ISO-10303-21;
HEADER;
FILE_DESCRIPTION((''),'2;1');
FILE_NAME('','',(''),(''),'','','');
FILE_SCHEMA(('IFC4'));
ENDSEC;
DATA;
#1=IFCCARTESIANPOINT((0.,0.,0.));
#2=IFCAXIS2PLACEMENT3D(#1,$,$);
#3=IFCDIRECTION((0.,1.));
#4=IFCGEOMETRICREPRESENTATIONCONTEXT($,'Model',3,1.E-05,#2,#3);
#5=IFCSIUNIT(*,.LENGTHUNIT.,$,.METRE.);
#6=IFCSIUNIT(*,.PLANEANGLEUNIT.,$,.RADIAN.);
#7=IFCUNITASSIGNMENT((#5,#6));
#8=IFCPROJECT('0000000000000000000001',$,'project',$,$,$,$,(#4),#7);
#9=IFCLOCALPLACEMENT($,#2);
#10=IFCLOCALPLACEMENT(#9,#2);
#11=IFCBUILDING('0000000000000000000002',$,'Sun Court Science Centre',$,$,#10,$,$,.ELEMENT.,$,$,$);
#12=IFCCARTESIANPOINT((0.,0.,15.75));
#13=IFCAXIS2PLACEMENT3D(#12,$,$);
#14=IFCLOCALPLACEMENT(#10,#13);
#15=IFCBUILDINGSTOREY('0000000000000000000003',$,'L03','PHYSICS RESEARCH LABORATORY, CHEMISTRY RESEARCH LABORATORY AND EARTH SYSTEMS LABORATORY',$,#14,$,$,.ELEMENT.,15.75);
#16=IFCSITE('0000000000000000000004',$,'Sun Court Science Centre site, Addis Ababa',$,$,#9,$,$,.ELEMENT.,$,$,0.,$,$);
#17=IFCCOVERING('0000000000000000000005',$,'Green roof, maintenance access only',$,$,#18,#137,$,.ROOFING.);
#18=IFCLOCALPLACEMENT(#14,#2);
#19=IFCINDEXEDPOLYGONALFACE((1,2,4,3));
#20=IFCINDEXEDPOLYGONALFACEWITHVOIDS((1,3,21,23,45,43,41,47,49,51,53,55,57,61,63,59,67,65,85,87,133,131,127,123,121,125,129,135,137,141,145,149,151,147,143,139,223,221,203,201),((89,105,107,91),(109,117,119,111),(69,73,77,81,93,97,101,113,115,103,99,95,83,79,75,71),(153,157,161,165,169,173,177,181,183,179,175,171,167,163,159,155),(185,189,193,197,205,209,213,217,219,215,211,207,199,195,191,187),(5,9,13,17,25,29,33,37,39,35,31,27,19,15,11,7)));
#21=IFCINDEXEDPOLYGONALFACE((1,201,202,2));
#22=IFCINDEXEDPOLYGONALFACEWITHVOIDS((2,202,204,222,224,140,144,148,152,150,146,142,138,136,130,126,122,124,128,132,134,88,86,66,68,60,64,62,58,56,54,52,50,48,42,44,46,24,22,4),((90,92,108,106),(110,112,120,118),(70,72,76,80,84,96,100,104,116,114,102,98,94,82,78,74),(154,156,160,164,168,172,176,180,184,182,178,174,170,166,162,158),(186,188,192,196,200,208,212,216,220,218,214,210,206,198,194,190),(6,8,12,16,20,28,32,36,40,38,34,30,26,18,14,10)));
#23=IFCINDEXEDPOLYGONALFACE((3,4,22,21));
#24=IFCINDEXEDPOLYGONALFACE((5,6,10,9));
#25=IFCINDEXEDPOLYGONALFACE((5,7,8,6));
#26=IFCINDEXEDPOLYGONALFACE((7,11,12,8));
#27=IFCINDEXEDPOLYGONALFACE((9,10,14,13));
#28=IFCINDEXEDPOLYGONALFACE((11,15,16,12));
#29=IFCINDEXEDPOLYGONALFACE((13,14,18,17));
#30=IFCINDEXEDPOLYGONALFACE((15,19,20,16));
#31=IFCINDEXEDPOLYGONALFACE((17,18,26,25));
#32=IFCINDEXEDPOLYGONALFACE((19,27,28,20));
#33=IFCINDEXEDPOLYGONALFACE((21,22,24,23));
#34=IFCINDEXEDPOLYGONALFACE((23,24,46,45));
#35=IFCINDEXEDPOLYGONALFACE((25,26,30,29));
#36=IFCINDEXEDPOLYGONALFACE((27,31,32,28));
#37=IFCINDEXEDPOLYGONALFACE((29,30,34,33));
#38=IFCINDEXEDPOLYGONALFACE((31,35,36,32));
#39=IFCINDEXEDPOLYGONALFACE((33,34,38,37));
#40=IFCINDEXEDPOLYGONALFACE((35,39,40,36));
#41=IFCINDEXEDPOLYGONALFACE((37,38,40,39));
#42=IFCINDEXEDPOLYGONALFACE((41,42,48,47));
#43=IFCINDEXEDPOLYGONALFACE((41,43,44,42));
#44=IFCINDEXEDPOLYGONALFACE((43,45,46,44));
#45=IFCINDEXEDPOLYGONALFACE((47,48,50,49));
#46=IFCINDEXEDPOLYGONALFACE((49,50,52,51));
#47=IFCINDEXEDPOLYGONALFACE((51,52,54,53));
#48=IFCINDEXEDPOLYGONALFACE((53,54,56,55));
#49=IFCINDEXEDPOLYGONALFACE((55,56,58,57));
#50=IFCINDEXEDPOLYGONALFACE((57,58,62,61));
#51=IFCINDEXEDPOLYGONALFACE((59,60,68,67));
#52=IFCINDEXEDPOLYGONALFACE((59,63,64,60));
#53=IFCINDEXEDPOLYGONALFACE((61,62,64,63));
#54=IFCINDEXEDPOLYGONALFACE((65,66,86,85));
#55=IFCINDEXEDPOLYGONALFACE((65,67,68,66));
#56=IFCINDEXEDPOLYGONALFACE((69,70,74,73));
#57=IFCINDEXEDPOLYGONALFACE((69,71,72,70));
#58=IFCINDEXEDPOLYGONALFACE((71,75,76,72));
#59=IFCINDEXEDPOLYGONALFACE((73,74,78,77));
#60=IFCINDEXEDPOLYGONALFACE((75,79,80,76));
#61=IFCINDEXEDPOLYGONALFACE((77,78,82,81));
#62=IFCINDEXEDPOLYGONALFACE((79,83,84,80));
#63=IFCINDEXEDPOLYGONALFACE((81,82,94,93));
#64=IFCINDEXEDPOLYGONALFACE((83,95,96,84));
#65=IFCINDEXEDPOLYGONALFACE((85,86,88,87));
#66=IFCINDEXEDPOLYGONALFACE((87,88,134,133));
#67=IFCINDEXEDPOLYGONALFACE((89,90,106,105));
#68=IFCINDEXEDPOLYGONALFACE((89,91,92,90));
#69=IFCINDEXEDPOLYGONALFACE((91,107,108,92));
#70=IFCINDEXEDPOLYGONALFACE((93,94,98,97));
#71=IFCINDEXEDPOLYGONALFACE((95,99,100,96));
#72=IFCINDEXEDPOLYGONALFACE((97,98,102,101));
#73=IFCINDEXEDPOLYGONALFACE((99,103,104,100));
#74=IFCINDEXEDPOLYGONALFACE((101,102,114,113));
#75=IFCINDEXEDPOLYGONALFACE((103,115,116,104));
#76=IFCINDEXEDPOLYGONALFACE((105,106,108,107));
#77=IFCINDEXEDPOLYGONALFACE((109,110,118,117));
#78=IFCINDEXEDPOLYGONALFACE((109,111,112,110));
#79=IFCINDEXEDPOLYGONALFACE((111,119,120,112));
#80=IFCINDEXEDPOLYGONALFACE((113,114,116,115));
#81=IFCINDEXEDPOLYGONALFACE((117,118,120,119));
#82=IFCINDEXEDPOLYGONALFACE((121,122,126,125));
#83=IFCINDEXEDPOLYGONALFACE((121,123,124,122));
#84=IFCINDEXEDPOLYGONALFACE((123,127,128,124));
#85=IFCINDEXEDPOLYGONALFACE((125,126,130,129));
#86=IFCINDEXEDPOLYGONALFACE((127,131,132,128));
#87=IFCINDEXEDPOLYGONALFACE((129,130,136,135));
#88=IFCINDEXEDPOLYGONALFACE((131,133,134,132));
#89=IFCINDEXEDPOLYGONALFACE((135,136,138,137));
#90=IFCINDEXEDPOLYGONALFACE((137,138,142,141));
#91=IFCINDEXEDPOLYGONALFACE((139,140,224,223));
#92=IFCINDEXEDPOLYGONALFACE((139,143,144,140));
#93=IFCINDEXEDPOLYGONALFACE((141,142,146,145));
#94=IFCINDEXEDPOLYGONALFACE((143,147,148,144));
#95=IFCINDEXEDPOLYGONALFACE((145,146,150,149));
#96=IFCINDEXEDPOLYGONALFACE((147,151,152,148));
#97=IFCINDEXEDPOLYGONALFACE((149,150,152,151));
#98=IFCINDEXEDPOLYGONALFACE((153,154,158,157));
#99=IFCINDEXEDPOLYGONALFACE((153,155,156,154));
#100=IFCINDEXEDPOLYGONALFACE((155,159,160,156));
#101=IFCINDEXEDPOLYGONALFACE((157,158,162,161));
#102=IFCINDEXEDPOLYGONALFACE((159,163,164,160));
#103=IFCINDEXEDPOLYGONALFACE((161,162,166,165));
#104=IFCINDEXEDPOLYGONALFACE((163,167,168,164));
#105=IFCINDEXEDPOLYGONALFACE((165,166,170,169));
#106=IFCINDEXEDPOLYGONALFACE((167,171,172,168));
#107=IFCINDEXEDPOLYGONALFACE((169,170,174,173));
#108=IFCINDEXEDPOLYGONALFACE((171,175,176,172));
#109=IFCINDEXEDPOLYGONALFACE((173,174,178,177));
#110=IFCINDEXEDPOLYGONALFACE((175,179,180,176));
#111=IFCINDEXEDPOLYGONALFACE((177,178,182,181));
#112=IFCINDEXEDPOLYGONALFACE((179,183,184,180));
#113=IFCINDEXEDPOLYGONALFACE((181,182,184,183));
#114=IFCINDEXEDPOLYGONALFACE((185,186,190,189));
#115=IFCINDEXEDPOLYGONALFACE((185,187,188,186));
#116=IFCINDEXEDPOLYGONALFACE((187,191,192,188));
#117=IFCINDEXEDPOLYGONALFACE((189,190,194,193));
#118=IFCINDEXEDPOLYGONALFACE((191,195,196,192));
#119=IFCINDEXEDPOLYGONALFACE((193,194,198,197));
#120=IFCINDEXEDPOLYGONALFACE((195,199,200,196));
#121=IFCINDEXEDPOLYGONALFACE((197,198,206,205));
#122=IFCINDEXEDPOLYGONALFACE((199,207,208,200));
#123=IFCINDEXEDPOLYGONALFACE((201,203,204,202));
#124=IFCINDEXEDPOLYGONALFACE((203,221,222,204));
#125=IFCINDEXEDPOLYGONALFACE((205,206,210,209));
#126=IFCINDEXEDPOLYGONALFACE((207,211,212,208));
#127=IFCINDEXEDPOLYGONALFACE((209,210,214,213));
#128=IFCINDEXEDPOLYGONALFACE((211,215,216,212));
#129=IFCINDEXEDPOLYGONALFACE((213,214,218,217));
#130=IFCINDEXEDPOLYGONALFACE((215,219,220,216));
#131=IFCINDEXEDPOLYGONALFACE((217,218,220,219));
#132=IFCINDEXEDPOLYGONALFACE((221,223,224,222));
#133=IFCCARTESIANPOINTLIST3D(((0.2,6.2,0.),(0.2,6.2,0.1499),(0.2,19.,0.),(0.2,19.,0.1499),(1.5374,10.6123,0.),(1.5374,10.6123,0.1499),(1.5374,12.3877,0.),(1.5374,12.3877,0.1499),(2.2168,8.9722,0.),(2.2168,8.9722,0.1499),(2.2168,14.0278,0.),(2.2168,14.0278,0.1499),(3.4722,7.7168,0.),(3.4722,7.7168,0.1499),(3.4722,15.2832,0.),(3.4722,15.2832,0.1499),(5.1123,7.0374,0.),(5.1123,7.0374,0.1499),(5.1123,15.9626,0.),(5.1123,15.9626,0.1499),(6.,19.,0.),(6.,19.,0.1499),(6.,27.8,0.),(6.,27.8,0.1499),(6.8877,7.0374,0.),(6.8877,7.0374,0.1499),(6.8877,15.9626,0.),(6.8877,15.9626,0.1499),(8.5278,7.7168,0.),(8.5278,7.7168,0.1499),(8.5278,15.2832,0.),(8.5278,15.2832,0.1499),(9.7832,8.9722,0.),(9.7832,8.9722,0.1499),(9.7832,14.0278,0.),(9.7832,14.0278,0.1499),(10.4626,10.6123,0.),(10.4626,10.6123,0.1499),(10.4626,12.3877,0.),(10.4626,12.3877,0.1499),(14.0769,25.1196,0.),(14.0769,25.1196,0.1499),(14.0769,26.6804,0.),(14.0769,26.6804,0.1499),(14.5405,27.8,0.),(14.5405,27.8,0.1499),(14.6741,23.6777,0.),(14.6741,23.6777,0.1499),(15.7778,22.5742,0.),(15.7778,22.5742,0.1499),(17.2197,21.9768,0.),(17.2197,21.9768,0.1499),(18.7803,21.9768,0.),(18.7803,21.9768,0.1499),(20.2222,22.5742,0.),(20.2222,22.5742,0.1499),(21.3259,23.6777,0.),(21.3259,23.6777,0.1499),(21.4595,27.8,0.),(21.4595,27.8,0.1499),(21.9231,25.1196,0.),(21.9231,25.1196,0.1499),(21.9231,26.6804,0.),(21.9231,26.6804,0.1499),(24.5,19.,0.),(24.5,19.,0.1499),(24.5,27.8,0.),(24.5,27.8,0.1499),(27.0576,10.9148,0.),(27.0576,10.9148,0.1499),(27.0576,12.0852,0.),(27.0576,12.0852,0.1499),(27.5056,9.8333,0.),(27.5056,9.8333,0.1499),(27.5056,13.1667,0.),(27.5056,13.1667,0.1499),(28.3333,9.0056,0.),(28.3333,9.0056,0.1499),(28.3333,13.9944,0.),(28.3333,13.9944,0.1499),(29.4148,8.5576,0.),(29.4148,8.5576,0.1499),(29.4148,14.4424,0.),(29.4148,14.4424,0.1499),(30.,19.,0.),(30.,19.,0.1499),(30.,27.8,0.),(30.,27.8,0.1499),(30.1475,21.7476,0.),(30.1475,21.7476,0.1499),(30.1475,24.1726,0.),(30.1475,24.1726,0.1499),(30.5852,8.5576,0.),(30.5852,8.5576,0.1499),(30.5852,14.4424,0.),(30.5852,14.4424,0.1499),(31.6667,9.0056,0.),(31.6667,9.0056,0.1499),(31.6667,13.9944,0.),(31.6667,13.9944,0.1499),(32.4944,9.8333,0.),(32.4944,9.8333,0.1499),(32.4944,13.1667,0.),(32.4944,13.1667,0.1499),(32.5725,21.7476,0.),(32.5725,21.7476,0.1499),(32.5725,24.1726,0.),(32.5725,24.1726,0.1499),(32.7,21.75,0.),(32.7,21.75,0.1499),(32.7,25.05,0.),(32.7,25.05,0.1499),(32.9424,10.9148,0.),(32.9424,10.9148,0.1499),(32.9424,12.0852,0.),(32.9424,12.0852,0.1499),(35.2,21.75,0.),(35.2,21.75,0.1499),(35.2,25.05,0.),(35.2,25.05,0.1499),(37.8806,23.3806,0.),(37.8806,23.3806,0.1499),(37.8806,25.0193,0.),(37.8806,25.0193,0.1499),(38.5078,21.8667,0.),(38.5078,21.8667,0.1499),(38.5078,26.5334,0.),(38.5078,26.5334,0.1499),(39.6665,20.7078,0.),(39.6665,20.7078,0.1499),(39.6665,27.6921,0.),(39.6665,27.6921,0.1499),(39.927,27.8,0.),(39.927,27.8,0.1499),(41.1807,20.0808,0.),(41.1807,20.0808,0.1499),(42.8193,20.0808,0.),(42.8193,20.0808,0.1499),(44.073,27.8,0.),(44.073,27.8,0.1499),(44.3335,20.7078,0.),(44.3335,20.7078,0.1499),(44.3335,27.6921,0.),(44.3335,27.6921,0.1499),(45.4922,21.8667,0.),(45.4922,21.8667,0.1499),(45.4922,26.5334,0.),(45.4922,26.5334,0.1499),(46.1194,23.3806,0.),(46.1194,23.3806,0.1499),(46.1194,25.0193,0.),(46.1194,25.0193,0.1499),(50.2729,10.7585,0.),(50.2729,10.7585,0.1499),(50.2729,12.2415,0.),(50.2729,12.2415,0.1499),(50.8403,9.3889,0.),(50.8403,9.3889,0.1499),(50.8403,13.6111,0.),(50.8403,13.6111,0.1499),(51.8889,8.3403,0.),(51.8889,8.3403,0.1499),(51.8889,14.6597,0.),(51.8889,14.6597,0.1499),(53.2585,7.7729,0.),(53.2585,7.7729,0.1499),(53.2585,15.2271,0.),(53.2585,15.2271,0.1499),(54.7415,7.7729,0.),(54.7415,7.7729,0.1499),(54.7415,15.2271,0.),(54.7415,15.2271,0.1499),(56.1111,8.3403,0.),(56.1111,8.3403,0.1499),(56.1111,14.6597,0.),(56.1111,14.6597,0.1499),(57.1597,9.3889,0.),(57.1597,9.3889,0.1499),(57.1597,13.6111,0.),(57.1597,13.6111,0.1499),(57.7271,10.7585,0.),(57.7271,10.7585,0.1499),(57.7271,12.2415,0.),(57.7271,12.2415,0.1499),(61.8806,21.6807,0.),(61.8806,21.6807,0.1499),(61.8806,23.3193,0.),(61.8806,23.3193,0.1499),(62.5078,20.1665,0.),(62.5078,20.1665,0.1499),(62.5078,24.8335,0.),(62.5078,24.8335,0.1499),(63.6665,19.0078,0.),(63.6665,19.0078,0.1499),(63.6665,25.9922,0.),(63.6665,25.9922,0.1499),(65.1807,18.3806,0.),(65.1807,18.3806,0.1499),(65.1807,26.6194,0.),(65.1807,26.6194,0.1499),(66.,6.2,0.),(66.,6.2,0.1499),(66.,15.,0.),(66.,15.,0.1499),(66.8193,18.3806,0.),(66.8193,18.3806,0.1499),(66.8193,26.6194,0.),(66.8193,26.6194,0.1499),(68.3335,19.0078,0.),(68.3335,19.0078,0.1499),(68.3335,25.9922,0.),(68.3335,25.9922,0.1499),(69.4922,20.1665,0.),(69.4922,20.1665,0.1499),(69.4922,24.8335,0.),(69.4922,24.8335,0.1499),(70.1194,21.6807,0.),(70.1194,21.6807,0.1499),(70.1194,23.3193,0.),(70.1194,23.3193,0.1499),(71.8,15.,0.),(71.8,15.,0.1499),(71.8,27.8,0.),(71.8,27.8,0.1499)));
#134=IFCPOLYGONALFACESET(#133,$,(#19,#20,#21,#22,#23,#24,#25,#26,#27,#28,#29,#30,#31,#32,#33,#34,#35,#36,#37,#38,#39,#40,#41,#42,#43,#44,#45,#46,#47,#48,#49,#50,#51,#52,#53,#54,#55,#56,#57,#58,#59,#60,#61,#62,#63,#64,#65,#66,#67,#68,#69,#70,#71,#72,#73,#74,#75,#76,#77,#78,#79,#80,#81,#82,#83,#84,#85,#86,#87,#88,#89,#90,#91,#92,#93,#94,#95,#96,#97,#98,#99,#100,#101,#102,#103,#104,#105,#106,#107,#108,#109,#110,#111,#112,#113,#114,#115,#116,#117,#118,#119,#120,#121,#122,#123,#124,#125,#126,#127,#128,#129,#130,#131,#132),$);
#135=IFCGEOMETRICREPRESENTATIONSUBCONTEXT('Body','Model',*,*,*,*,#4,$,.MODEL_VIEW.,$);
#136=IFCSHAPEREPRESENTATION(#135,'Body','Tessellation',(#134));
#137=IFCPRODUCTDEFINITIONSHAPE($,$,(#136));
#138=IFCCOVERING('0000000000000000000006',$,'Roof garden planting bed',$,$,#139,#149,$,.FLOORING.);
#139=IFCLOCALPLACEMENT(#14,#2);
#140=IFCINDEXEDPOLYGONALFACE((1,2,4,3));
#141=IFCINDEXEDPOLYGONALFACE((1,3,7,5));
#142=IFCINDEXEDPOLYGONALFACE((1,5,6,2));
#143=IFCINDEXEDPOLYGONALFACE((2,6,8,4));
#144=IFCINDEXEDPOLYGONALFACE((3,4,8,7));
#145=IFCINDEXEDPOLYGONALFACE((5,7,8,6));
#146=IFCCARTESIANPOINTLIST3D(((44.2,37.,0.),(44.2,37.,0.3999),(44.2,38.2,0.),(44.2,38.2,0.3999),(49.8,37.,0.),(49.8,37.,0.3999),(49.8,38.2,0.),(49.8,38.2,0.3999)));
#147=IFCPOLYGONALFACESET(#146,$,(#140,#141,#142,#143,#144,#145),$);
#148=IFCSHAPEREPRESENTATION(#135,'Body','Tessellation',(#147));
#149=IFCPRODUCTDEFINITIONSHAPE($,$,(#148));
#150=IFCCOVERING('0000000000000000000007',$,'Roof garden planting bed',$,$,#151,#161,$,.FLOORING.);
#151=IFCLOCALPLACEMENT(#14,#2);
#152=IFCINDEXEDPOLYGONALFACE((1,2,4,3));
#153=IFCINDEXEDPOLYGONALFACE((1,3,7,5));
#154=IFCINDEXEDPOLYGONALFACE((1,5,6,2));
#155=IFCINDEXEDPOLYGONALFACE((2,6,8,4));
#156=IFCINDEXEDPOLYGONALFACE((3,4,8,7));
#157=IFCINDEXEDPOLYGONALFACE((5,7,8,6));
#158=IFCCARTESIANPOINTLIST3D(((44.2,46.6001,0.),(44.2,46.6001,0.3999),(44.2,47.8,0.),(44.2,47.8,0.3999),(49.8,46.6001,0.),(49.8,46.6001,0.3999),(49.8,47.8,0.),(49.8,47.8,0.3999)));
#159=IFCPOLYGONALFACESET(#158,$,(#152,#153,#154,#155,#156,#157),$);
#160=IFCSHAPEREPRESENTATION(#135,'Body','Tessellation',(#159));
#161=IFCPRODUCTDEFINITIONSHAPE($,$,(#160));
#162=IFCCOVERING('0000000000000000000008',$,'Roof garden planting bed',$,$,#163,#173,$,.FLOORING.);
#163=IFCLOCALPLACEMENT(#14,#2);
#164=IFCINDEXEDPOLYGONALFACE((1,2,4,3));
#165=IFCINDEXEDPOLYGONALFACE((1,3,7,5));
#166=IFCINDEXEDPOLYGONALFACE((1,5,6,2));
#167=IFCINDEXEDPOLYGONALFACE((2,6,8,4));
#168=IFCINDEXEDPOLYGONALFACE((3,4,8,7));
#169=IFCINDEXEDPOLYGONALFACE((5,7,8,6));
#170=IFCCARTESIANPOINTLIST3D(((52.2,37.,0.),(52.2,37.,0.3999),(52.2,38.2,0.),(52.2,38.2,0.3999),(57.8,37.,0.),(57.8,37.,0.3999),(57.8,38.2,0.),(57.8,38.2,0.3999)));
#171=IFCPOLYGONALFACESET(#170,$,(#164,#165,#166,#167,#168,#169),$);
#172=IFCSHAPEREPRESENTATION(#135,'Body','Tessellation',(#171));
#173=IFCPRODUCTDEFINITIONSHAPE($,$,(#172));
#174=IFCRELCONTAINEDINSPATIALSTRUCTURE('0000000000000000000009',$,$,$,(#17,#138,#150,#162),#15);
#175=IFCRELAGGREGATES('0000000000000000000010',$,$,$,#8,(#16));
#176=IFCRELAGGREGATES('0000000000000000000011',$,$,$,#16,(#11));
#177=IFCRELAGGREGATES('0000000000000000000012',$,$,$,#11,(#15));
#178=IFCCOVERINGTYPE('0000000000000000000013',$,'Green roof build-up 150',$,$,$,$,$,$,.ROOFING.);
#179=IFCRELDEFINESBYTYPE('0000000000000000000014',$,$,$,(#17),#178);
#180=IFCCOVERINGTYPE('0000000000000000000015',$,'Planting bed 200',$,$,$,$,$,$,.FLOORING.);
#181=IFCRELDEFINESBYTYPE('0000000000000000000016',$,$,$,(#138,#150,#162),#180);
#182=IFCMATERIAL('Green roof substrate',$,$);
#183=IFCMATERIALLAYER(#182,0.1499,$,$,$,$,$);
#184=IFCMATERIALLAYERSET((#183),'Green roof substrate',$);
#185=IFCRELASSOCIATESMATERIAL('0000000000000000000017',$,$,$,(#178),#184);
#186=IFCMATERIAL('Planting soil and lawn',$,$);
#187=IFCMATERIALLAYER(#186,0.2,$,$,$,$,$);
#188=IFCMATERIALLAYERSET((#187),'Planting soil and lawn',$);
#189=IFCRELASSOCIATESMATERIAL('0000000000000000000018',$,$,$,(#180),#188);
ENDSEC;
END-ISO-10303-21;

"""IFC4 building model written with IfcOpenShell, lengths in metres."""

from ifc_helpers import new_model, si_unit, direction, frame, origin, place, context, subcontext, project, spatial, polyline, outline, extrude, material, layer, layer_set, type_object, element, save


model = new_model("IFC4")

# Units and contexts
model_context = context("Model", 3, precision=1e-05, world=origin(), true_north=direction((0.0, 1.0)))
body_context = subcontext(model_context, "Body", "Model", "MODEL_VIEW")
ifc_project = project(units=[si_unit("LENGTHUNIT", "METRE"), si_unit("PLANEANGLEUNIT", "RADIAN")], contexts=[model_context])

# Site, building, storey
site_placement = place(None, origin())
site = spatial("IfcSite", under=ifc_project, at=site_placement, Name="Sun Court Science Centre site, Addis Ababa", CompositionType="ELEMENT", RefElevation=0.0)
building_placement = place(site_placement, origin())
building = spatial("IfcBuilding", under=site, at=building_placement, Name="Sun Court Science Centre", CompositionType="ELEMENT")
storey_placement = place(building_placement, frame((0.0, 0.0, 15.75)))
storey = spatial("IfcBuildingStorey", under=building, at=storey_placement, Name="L03", Description="PHYSICS RESEARCH LABORATORY, CHEMISTRY RESEARCH LABORATORY AND EARTH SYSTEMS LABORATORY", CompositionType="ELEMENT", Elevation=15.75)

# Coverings
ifc_material_1 = material(Name="Green roof substrate")
ifc_layer_1 = layer(ifc_material_1, 0.1499)
ifc_layer_set_1 = layer_set([ifc_layer_1], Name="Green roof substrate")
covering_type_1 = type_object("IfcCoveringType", Name="Green roof build-up 150", PredefinedType="ROOFING", material=ifc_layer_set_1)
covering_1_placement = place(storey_placement, origin())
element("IfcCovering", 1, at=covering_1_placement, inside=storey, type_object=covering_type_1, Name="Green roof, maintenance access only", PredefinedType="ROOFING", context=body_context, shape_type="SweptSolid", body=[
    extrude(outline(polyline([(71.8, 27.8), (71.8, 15.0), (66.0, 15.0), (66.0, 6.2), (0.2, 6.2), (0.2, 19.0), (6.0, 19.0), (6.0, 27.8), (14.5405, 27.8), (14.0769, 26.6804), (14.0769, 25.1196), (14.6741, 23.6777), (15.7778, 22.5742), (17.2197, 21.9768), (18.7803, 21.9768), (20.2222, 22.5742), (21.3259, 23.6777), (21.9231, 25.1196), (21.9231, 26.6804), (21.4595, 27.8), (24.5, 27.8), (24.5, 19.0), (30.0, 19.0), (30.0, 27.8), (39.927, 27.8), (39.6665, 27.6921), (38.5078, 26.5334), (37.8806, 25.0193), (37.8806, 23.3806), (38.5078, 21.8667), (39.6665, 20.7078), (41.1807, 20.0808), (42.8193, 20.0808), (44.3335, 20.7078), (45.4922, 21.8667), (46.1194, 23.3806), (46.1194, 25.0193), (45.4922, 26.5334), (44.3335, 27.6921), (44.073, 27.8), (71.8, 27.8)]), holes=[polyline([(9.7832, 8.9722), (10.4626, 10.6123), (10.4626, 12.3877), (9.7832, 14.0278), (8.5278, 15.2832), (6.8877, 15.9626), (5.1123, 15.9626), (3.4722, 15.2832), (2.2168, 14.0278), (1.5374, 12.3877), (1.5374, 10.6123), (2.2168, 8.9722), (3.4722, 7.7168), (5.1123, 7.0374), (6.8877, 7.0374), (8.5278, 7.7168), (9.7832, 8.9722)]), polyline([(32.4944, 9.8333), (32.9424, 10.9148), (32.9424, 12.0852), (32.4944, 13.1667), (31.6667, 13.9944), (30.5852, 14.4424), (29.4148, 14.4424), (28.3333, 13.9944), (27.5056, 13.1667), (27.0576, 12.0852), (27.0576, 10.9148), (27.5056, 9.8333), (28.3333, 9.0056), (29.4148, 8.5576), (30.5852, 8.5576), (31.6667, 9.0056), (32.4944, 9.8333)]), polyline([(32.5725, 24.1726), (30.1475, 24.1726), (30.1475, 21.7476), (32.5725, 21.7476), (32.5725, 24.1726)]), polyline([(56.1111, 8.3403), (57.1597, 9.3889), (57.7271, 10.7585), (57.7271, 12.2415), (57.1597, 13.6111), (56.1111, 14.6597), (54.7415, 15.2271), (53.2585, 15.2271), (51.8889, 14.6597), (50.8403, 13.6111), (50.2729, 12.2415), (50.2729, 10.7585), (50.8403, 9.3889), (51.8889, 8.3403), (53.2585, 7.7729), (54.7415, 7.7729), (56.1111, 8.3403)]), polyline([(69.4922, 20.1665), (70.1194, 21.6807), (70.1194, 23.3193), (69.4922, 24.8335), (68.3335, 25.9922), (66.8193, 26.6194), (65.1807, 26.6194), (63.6665, 25.9922), (62.5078, 24.8335), (61.8806, 23.3193), (61.8806, 21.6807), (62.5078, 20.1665), (63.6665, 19.0078), (65.1807, 18.3806), (66.8193, 18.3806), (68.3335, 19.0078), (69.4922, 20.1665)]), polyline([(35.2, 21.75), (35.2, 25.05), (32.7, 25.05), (32.7, 21.75), (35.2, 21.75)])]), origin(), (0.0, 0.0, 1.0), 0.1499),
])
ifc_material_2 = material(Name="Planting soil and lawn")
ifc_layer_2 = layer(ifc_material_2, 0.2)
ifc_layer_set_2 = layer_set([ifc_layer_2], Name="Planting soil and lawn")
covering_type_2 = type_object("IfcCoveringType", Name="Planting bed 200", PredefinedType="FLOORING", material=ifc_layer_set_2)
covering_2_placement = place(storey_placement, origin())
element("IfcCovering", 2, at=covering_2_placement, inside=storey, type_object=covering_type_2, Name="Roof garden planting bed", PredefinedType="FLOORING", context=body_context, shape_type="SweptSolid", body=[
    extrude(outline(polyline([(44.2, 37.0), (49.8, 37.0), (49.8, 38.2), (44.2, 38.2), (44.2, 37.0)])), origin(), (0.0, 0.0, 1.0), 0.3999),
])
covering_3_placement = place(storey_placement, origin())
element("IfcCovering", 3, at=covering_3_placement, inside=storey, type_object=covering_type_2, Name="Roof garden planting bed", PredefinedType="FLOORING", context=body_context, shape_type="SweptSolid", body=[
    extrude(outline(polyline([(44.2, 46.6001), (49.8, 46.6001), (49.8, 47.8), (44.2, 47.8), (44.2, 46.6001)])), origin(), (0.0, 0.0, 1.0), 0.3999),
])
covering_4_placement = place(storey_placement, origin())
element("IfcCovering", 4, at=covering_4_placement, inside=storey, type_object=covering_type_2, Name="Roof garden planting bed", PredefinedType="FLOORING", context=body_context, shape_type="SweptSolid", body=[
    extrude(outline(polyline([(52.2, 37.0), (57.8, 37.0), (57.8, 38.2), (52.2, 38.2), (52.2, 37.0)])), origin(), (0.0, 0.0, 1.0), 0.3999),
])

save(model, "model.ifc")
